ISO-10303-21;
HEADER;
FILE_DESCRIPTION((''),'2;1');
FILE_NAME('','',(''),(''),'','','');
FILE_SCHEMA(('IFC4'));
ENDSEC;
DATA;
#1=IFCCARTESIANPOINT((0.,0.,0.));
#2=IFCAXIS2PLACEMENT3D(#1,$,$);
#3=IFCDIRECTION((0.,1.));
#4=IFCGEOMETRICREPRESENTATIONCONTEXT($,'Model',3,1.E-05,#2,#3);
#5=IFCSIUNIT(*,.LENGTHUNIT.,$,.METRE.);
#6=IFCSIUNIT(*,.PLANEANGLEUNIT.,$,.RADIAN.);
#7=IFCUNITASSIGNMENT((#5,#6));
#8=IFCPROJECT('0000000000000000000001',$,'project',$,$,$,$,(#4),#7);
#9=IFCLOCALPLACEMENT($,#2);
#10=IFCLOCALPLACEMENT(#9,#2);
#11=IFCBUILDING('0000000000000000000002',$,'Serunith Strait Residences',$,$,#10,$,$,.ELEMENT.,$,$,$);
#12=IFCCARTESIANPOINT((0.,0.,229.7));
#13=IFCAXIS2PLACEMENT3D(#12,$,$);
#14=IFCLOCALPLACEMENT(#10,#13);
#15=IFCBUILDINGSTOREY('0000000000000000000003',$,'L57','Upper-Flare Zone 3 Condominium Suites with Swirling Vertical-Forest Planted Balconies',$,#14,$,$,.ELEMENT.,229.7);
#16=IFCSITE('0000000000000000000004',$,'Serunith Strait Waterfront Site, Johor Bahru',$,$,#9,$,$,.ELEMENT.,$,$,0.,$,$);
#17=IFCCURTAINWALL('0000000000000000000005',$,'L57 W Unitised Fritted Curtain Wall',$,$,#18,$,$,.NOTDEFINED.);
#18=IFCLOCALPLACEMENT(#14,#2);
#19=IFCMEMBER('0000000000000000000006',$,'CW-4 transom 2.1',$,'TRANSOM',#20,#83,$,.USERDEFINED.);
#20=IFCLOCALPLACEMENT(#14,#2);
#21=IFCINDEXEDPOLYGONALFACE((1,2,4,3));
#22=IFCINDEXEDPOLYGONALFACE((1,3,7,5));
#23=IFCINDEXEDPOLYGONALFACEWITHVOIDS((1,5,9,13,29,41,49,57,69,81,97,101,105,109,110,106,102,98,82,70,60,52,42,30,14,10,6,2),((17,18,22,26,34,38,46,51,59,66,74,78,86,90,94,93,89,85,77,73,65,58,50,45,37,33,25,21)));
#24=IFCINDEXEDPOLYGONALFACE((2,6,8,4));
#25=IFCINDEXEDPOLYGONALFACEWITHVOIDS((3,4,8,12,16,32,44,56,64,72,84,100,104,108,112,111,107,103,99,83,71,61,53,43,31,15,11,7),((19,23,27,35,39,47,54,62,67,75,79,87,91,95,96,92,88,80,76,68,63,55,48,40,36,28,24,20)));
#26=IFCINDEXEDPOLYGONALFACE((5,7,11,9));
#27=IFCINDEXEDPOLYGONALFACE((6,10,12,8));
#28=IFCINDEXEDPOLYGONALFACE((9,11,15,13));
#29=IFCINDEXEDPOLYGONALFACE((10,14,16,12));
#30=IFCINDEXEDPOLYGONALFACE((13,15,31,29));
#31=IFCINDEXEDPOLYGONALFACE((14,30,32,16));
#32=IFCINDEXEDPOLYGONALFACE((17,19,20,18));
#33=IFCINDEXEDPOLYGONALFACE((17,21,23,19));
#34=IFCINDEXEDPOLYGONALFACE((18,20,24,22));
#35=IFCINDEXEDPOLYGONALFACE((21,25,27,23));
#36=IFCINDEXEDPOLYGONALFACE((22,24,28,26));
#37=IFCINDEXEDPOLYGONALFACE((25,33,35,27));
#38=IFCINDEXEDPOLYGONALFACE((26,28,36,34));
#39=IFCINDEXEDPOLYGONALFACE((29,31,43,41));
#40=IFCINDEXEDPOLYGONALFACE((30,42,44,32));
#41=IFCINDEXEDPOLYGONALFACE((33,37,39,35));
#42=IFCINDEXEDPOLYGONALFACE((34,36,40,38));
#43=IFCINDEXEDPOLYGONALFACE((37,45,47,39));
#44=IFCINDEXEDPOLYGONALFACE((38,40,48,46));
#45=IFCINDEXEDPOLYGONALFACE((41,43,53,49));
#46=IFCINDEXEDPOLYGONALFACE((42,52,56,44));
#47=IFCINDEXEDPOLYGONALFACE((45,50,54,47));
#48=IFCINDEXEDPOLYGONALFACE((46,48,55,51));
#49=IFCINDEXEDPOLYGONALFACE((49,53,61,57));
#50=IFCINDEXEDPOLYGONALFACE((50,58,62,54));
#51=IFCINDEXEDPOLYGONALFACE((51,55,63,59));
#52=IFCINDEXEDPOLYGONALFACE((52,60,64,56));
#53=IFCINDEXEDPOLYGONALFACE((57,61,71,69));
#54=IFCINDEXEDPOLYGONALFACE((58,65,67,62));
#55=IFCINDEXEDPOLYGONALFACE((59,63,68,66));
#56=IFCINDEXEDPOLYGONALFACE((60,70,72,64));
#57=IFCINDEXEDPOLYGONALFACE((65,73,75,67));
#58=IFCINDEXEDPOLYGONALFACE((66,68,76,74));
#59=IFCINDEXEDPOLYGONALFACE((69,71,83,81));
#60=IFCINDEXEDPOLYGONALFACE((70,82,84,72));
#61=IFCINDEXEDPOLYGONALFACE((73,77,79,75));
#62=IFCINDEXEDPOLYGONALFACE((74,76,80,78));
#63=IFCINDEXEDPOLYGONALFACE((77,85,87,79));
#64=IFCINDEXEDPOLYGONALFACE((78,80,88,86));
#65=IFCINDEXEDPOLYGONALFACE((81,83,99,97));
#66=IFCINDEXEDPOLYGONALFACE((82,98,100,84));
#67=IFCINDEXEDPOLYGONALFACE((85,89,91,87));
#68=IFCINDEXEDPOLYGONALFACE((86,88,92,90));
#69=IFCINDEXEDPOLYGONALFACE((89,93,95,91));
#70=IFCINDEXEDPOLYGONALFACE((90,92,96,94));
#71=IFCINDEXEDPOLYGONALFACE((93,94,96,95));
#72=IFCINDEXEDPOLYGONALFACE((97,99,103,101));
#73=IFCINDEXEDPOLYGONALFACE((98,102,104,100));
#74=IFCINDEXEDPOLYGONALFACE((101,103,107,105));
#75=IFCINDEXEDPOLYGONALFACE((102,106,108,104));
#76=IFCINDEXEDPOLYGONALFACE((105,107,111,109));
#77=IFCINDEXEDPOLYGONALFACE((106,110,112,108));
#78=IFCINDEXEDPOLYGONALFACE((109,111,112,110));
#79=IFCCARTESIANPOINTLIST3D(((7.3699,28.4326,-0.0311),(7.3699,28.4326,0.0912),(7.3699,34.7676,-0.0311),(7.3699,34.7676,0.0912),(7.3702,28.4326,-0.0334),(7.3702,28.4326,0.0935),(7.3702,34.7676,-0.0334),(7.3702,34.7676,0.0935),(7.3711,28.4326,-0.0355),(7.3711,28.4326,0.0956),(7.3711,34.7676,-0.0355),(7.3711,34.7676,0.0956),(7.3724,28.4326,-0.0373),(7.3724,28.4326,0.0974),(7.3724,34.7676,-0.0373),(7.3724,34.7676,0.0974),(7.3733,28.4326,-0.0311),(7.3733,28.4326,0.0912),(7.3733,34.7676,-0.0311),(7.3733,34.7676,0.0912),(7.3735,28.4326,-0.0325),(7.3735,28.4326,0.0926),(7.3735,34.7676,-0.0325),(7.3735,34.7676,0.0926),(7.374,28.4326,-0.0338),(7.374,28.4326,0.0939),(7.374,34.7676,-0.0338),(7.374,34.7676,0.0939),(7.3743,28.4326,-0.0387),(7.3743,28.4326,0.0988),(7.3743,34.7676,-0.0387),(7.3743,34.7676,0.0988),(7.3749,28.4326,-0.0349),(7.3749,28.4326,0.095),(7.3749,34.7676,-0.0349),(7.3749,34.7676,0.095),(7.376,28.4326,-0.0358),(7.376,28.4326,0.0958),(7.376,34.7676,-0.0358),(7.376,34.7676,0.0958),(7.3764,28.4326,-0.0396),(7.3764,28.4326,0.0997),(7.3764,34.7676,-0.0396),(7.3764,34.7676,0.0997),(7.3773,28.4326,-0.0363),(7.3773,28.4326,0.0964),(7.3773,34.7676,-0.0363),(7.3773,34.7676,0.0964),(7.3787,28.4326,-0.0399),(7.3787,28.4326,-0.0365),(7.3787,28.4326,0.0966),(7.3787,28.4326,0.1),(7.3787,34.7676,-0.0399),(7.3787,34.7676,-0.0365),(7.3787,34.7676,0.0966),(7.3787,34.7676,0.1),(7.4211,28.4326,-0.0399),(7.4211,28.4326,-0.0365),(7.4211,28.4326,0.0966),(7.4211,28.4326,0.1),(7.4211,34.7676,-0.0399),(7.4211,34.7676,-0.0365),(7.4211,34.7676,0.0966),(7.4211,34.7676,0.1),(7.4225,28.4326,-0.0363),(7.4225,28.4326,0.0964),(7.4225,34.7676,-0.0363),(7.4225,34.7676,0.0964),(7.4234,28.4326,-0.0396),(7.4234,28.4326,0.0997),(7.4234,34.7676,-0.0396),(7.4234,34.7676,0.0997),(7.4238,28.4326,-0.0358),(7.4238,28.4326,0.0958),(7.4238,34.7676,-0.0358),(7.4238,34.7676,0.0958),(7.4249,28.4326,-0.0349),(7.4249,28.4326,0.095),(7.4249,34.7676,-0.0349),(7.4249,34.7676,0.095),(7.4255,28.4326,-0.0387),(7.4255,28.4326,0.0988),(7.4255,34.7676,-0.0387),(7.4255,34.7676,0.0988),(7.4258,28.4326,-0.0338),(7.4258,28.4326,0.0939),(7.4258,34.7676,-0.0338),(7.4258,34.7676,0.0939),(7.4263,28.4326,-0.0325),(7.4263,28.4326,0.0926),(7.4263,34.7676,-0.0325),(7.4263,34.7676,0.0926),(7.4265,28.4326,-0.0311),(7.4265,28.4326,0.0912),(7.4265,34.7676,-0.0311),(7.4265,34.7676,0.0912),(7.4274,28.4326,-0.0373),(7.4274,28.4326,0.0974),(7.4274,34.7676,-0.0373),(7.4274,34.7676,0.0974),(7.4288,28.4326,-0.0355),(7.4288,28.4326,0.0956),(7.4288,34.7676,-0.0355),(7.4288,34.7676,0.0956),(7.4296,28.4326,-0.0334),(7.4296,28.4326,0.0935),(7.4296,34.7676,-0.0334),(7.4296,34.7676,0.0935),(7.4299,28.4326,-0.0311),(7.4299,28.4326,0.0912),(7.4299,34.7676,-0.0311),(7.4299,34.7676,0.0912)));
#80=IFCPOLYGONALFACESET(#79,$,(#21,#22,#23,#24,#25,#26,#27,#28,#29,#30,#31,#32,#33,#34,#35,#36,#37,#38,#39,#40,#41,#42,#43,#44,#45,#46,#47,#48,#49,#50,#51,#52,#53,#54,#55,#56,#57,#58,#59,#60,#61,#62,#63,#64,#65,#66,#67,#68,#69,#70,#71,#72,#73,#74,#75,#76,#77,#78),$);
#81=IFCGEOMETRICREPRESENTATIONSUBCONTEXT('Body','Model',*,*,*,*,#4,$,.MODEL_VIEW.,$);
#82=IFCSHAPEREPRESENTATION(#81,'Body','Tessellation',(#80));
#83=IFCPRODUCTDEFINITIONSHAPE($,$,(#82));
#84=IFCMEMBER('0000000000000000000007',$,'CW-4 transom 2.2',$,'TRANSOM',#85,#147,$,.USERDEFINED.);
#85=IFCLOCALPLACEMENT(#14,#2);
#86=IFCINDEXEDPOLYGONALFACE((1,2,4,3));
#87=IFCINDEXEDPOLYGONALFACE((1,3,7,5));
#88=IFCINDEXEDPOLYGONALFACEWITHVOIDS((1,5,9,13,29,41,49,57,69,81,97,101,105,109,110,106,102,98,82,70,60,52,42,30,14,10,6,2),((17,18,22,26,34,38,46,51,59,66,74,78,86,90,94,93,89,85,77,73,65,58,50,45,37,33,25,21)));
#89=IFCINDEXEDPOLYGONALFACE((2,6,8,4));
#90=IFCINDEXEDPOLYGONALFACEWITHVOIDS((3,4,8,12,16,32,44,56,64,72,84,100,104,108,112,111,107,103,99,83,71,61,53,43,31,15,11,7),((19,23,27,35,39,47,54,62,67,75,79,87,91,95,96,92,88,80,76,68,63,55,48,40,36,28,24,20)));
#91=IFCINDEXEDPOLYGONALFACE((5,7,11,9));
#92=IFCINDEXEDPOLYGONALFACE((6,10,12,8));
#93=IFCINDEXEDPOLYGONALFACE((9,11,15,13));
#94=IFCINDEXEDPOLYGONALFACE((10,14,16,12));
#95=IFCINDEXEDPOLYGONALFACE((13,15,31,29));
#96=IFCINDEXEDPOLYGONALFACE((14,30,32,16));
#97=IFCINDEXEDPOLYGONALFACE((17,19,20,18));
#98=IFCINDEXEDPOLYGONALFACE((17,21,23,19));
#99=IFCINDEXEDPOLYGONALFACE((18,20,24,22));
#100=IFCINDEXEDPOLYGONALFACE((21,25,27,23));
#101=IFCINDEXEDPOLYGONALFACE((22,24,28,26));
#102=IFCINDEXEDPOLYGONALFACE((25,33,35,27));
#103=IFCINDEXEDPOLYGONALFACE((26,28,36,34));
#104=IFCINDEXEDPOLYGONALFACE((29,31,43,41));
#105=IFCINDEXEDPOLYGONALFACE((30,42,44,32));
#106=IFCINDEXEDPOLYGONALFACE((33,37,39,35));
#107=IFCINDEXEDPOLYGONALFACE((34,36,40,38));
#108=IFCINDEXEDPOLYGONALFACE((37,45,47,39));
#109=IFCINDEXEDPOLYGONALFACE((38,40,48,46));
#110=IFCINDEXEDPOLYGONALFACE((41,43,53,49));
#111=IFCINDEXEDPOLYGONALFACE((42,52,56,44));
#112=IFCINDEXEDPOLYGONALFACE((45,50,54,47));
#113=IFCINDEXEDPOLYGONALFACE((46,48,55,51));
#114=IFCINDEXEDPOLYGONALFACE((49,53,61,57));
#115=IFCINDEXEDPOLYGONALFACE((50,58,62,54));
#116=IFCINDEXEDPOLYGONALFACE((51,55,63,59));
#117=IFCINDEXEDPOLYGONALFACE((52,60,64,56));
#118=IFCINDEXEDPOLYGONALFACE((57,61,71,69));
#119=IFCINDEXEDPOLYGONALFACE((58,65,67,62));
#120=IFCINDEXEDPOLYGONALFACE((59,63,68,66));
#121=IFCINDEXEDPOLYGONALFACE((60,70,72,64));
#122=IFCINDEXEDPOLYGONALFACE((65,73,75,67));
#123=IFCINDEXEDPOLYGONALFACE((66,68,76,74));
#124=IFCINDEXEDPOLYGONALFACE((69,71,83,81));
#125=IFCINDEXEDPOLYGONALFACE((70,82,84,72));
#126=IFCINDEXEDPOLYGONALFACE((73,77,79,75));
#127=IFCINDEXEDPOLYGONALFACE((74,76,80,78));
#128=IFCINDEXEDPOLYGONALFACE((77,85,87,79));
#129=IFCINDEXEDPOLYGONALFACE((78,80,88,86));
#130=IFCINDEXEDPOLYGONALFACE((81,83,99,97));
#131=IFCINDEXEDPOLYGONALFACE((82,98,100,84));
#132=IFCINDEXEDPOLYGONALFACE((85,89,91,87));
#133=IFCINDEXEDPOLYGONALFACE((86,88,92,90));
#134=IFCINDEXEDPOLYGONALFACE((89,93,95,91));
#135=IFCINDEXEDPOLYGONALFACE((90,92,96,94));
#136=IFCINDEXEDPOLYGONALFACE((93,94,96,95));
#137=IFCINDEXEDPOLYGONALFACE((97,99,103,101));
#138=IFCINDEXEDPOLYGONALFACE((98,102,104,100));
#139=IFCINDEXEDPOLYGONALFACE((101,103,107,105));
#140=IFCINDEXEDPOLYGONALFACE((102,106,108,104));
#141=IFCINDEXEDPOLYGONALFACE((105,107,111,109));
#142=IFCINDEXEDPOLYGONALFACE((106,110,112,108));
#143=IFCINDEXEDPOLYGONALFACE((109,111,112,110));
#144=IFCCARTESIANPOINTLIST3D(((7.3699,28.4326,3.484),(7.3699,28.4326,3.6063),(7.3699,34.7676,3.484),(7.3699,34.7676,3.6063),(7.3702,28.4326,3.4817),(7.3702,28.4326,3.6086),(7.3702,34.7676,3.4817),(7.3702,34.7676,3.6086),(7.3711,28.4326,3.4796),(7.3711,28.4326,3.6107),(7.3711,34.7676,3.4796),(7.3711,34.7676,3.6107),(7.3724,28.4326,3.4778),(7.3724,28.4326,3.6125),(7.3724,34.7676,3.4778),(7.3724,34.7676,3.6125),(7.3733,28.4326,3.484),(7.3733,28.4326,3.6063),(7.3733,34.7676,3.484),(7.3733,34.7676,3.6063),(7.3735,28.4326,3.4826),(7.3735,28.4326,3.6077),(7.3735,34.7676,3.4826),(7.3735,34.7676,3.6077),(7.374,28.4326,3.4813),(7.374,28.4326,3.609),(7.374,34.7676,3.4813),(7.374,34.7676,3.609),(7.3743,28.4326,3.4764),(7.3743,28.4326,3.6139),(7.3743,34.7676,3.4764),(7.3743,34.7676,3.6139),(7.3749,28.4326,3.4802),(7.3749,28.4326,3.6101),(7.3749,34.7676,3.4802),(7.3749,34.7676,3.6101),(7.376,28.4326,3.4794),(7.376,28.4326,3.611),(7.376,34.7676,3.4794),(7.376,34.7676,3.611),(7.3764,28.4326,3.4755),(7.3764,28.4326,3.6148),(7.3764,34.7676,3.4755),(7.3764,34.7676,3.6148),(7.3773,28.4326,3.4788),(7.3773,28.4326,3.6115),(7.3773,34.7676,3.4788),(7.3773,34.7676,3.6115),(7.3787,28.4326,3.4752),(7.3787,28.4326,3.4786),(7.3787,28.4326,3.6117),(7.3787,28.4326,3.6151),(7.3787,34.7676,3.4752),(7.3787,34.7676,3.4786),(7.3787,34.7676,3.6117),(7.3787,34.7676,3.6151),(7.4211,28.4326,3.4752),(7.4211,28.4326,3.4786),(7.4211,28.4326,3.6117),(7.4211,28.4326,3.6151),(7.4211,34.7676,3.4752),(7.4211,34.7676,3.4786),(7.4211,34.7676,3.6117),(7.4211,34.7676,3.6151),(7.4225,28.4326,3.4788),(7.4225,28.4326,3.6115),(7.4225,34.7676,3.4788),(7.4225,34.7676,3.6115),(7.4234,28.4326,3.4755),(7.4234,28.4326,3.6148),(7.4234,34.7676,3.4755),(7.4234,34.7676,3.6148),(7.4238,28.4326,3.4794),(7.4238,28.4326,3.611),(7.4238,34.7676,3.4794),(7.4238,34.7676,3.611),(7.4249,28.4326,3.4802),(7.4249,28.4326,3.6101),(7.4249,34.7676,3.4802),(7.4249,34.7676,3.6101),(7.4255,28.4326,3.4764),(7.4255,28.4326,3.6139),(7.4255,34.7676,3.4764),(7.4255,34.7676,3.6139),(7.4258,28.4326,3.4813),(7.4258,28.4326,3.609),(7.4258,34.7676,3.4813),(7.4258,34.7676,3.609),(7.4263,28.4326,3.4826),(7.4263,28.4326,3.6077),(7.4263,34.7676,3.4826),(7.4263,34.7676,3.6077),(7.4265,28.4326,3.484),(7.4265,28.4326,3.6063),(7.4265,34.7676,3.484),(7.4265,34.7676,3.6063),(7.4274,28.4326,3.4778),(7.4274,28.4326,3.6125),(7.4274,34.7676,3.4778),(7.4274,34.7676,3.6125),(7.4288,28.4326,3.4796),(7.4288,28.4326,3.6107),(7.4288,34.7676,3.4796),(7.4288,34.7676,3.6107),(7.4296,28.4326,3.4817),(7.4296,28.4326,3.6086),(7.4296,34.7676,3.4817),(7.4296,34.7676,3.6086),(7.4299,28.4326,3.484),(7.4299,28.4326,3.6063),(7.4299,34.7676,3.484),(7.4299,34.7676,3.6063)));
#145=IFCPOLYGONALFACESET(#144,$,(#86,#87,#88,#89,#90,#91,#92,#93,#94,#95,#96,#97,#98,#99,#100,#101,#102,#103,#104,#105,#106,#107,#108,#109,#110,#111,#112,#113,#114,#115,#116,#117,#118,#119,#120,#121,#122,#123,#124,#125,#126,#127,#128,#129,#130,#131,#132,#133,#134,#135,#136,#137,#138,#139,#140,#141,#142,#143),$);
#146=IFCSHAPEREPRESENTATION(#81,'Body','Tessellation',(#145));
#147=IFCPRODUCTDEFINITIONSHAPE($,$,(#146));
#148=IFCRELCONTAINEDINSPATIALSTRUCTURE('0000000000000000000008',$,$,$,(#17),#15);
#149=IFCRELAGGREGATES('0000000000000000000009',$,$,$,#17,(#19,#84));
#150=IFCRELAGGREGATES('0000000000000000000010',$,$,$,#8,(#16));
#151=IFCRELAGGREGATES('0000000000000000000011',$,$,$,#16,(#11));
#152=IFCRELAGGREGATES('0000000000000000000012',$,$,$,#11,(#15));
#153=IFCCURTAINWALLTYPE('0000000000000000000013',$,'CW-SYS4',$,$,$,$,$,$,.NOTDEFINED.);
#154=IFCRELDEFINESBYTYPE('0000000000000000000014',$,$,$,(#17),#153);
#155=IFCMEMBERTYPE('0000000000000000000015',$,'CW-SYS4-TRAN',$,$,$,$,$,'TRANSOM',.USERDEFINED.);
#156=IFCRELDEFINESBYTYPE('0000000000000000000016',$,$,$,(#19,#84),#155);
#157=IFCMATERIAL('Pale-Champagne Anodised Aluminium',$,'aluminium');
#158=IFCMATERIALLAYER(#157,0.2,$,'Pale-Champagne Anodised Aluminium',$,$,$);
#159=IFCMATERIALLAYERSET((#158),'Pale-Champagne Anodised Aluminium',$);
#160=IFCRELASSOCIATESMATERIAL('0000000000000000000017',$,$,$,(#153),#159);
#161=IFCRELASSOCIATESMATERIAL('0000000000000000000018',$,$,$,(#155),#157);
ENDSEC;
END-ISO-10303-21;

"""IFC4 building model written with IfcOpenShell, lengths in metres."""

from ifc_helpers import new_model, si_unit, direction, frame, origin, origin_2d, place, context, subcontext, project, spatial, hollow_rectangle, extrude, source, transform, mapped, material, layer, layer_set, material_profile, profile_set, type_object, element, aggregate, save


model = new_model("IFC4")

# Units and contexts
model_context = context("Model", 3, precision=1e-05, world=origin(), true_north=direction((0.0, 1.0)))
body_context = subcontext(model_context, "Body", "Model", "MODEL_VIEW")
ifc_project = project(units=[si_unit("LENGTHUNIT", "METRE"), si_unit("PLANEANGLEUNIT", "RADIAN")], contexts=[model_context])

# Site, building, storey
site_placement = place(None, origin())
site = spatial("IfcSite", under=ifc_project, at=site_placement, Name="Serunith Strait Waterfront Site, Johor Bahru", CompositionType="ELEMENT", RefElevation=0.0)
building_placement = place(site_placement, origin())
building = spatial("IfcBuilding", under=site, at=building_placement, Name="Serunith Strait Residences", CompositionType="ELEMENT")
storey_placement = place(building_placement, frame((0.0, 0.0, 229.7)))
storey = spatial("IfcBuildingStorey", under=building, at=storey_placement, Name="L57", Description="Upper-Flare Zone 3 Condominium Suites with Swirling Vertical-Forest Planted Balconies", CompositionType="ELEMENT", Elevation=229.7)

# Curtain wall, members
ifc_material_1 = material(Name="Pale-Champagne Anodised Aluminium", Category="aluminium")
ifc_layer_1 = layer(ifc_material_1, 0.2, Name="Pale-Champagne Anodised Aluminium")
ifc_layer_set_1 = layer_set([ifc_layer_1], Name="Pale-Champagne Anodised Aluminium")
curtain_wall_type = type_object("IfcCurtainWallType", Name="CW-SYS4", PredefinedType="NOTDEFINED", material=ifc_layer_set_1)
curtain_wall_placement = place(storey_placement, origin())
curtain_wall = element("IfcCurtainWall", 1, at=curtain_wall_placement, inside=storey, type_object=curtain_wall_type, Name="L57 W Unitised Fritted Curtain Wall", PredefinedType="NOTDEFINED")
ifc_material_profile_1 = material_profile(ifc_material_1, hollow_rectangle(XDim=0.0601, YDim=0.1399, WallThickness=0.0034, InnerFilletRadius=0.0054, OuterFilletRadius=0.0088, at=origin_2d()), Name="ALU 140x60x3.5")
ifc_profile_set_1 = profile_set([ifc_material_profile_1], Name="Pale-Champagne Anodised Aluminium")
member_type_1 = type_object("IfcMemberType", Name="CW-SYS4-TRAN", ElementType="TRANSOM", PredefinedType="USERDEFINED", material=ifc_profile_set_1)
shared_shape_1 = source(origin(), body_context, "Body", "SweptSolid", [
    extrude(hollow_rectangle(XDim=0.0601, YDim=0.1399, WallThickness=0.0034, InnerFilletRadius=0.0054, OuterFilletRadius=0.0088, at=origin_2d()), origin(), (0.0, 0.0, 1.0), 6.335),
])
member_1_placement = place(storey_placement, frame((7.3999, 34.7676, 0.03), z_axis=(0.0, -1.0, 0.0), x_axis=(1.0, 0.0, 0.0)))
member_1 = element("IfcMember", 2, at=member_1_placement, type_object=member_type_1, Name="CW-4 transom 2.1", ObjectType="TRANSOM", PredefinedType="USERDEFINED", context=body_context, shape_type="MappedRepresentation", body=[
    mapped(shared_shape_1, transform((0.0, 0.0, 0.0), scale=1.0)),
])
member_2_placement = place(storey_placement, frame((7.3999, 34.7676, 3.5452), z_axis=(0.0, -1.0, 0.0), x_axis=(1.0, 0.0, 0.0)))
member_2 = element("IfcMember", 3, at=member_2_placement, type_object=member_type_1, Name="CW-4 transom 2.2", ObjectType="TRANSOM", PredefinedType="USERDEFINED", context=body_context, shape_type="MappedRepresentation", body=[
    mapped(shared_shape_1, transform((0.0, 0.0, 0.0), scale=1.0)),
])
aggregate(curtain_wall, [member_1, member_2])

save(model, "model.ifc")
